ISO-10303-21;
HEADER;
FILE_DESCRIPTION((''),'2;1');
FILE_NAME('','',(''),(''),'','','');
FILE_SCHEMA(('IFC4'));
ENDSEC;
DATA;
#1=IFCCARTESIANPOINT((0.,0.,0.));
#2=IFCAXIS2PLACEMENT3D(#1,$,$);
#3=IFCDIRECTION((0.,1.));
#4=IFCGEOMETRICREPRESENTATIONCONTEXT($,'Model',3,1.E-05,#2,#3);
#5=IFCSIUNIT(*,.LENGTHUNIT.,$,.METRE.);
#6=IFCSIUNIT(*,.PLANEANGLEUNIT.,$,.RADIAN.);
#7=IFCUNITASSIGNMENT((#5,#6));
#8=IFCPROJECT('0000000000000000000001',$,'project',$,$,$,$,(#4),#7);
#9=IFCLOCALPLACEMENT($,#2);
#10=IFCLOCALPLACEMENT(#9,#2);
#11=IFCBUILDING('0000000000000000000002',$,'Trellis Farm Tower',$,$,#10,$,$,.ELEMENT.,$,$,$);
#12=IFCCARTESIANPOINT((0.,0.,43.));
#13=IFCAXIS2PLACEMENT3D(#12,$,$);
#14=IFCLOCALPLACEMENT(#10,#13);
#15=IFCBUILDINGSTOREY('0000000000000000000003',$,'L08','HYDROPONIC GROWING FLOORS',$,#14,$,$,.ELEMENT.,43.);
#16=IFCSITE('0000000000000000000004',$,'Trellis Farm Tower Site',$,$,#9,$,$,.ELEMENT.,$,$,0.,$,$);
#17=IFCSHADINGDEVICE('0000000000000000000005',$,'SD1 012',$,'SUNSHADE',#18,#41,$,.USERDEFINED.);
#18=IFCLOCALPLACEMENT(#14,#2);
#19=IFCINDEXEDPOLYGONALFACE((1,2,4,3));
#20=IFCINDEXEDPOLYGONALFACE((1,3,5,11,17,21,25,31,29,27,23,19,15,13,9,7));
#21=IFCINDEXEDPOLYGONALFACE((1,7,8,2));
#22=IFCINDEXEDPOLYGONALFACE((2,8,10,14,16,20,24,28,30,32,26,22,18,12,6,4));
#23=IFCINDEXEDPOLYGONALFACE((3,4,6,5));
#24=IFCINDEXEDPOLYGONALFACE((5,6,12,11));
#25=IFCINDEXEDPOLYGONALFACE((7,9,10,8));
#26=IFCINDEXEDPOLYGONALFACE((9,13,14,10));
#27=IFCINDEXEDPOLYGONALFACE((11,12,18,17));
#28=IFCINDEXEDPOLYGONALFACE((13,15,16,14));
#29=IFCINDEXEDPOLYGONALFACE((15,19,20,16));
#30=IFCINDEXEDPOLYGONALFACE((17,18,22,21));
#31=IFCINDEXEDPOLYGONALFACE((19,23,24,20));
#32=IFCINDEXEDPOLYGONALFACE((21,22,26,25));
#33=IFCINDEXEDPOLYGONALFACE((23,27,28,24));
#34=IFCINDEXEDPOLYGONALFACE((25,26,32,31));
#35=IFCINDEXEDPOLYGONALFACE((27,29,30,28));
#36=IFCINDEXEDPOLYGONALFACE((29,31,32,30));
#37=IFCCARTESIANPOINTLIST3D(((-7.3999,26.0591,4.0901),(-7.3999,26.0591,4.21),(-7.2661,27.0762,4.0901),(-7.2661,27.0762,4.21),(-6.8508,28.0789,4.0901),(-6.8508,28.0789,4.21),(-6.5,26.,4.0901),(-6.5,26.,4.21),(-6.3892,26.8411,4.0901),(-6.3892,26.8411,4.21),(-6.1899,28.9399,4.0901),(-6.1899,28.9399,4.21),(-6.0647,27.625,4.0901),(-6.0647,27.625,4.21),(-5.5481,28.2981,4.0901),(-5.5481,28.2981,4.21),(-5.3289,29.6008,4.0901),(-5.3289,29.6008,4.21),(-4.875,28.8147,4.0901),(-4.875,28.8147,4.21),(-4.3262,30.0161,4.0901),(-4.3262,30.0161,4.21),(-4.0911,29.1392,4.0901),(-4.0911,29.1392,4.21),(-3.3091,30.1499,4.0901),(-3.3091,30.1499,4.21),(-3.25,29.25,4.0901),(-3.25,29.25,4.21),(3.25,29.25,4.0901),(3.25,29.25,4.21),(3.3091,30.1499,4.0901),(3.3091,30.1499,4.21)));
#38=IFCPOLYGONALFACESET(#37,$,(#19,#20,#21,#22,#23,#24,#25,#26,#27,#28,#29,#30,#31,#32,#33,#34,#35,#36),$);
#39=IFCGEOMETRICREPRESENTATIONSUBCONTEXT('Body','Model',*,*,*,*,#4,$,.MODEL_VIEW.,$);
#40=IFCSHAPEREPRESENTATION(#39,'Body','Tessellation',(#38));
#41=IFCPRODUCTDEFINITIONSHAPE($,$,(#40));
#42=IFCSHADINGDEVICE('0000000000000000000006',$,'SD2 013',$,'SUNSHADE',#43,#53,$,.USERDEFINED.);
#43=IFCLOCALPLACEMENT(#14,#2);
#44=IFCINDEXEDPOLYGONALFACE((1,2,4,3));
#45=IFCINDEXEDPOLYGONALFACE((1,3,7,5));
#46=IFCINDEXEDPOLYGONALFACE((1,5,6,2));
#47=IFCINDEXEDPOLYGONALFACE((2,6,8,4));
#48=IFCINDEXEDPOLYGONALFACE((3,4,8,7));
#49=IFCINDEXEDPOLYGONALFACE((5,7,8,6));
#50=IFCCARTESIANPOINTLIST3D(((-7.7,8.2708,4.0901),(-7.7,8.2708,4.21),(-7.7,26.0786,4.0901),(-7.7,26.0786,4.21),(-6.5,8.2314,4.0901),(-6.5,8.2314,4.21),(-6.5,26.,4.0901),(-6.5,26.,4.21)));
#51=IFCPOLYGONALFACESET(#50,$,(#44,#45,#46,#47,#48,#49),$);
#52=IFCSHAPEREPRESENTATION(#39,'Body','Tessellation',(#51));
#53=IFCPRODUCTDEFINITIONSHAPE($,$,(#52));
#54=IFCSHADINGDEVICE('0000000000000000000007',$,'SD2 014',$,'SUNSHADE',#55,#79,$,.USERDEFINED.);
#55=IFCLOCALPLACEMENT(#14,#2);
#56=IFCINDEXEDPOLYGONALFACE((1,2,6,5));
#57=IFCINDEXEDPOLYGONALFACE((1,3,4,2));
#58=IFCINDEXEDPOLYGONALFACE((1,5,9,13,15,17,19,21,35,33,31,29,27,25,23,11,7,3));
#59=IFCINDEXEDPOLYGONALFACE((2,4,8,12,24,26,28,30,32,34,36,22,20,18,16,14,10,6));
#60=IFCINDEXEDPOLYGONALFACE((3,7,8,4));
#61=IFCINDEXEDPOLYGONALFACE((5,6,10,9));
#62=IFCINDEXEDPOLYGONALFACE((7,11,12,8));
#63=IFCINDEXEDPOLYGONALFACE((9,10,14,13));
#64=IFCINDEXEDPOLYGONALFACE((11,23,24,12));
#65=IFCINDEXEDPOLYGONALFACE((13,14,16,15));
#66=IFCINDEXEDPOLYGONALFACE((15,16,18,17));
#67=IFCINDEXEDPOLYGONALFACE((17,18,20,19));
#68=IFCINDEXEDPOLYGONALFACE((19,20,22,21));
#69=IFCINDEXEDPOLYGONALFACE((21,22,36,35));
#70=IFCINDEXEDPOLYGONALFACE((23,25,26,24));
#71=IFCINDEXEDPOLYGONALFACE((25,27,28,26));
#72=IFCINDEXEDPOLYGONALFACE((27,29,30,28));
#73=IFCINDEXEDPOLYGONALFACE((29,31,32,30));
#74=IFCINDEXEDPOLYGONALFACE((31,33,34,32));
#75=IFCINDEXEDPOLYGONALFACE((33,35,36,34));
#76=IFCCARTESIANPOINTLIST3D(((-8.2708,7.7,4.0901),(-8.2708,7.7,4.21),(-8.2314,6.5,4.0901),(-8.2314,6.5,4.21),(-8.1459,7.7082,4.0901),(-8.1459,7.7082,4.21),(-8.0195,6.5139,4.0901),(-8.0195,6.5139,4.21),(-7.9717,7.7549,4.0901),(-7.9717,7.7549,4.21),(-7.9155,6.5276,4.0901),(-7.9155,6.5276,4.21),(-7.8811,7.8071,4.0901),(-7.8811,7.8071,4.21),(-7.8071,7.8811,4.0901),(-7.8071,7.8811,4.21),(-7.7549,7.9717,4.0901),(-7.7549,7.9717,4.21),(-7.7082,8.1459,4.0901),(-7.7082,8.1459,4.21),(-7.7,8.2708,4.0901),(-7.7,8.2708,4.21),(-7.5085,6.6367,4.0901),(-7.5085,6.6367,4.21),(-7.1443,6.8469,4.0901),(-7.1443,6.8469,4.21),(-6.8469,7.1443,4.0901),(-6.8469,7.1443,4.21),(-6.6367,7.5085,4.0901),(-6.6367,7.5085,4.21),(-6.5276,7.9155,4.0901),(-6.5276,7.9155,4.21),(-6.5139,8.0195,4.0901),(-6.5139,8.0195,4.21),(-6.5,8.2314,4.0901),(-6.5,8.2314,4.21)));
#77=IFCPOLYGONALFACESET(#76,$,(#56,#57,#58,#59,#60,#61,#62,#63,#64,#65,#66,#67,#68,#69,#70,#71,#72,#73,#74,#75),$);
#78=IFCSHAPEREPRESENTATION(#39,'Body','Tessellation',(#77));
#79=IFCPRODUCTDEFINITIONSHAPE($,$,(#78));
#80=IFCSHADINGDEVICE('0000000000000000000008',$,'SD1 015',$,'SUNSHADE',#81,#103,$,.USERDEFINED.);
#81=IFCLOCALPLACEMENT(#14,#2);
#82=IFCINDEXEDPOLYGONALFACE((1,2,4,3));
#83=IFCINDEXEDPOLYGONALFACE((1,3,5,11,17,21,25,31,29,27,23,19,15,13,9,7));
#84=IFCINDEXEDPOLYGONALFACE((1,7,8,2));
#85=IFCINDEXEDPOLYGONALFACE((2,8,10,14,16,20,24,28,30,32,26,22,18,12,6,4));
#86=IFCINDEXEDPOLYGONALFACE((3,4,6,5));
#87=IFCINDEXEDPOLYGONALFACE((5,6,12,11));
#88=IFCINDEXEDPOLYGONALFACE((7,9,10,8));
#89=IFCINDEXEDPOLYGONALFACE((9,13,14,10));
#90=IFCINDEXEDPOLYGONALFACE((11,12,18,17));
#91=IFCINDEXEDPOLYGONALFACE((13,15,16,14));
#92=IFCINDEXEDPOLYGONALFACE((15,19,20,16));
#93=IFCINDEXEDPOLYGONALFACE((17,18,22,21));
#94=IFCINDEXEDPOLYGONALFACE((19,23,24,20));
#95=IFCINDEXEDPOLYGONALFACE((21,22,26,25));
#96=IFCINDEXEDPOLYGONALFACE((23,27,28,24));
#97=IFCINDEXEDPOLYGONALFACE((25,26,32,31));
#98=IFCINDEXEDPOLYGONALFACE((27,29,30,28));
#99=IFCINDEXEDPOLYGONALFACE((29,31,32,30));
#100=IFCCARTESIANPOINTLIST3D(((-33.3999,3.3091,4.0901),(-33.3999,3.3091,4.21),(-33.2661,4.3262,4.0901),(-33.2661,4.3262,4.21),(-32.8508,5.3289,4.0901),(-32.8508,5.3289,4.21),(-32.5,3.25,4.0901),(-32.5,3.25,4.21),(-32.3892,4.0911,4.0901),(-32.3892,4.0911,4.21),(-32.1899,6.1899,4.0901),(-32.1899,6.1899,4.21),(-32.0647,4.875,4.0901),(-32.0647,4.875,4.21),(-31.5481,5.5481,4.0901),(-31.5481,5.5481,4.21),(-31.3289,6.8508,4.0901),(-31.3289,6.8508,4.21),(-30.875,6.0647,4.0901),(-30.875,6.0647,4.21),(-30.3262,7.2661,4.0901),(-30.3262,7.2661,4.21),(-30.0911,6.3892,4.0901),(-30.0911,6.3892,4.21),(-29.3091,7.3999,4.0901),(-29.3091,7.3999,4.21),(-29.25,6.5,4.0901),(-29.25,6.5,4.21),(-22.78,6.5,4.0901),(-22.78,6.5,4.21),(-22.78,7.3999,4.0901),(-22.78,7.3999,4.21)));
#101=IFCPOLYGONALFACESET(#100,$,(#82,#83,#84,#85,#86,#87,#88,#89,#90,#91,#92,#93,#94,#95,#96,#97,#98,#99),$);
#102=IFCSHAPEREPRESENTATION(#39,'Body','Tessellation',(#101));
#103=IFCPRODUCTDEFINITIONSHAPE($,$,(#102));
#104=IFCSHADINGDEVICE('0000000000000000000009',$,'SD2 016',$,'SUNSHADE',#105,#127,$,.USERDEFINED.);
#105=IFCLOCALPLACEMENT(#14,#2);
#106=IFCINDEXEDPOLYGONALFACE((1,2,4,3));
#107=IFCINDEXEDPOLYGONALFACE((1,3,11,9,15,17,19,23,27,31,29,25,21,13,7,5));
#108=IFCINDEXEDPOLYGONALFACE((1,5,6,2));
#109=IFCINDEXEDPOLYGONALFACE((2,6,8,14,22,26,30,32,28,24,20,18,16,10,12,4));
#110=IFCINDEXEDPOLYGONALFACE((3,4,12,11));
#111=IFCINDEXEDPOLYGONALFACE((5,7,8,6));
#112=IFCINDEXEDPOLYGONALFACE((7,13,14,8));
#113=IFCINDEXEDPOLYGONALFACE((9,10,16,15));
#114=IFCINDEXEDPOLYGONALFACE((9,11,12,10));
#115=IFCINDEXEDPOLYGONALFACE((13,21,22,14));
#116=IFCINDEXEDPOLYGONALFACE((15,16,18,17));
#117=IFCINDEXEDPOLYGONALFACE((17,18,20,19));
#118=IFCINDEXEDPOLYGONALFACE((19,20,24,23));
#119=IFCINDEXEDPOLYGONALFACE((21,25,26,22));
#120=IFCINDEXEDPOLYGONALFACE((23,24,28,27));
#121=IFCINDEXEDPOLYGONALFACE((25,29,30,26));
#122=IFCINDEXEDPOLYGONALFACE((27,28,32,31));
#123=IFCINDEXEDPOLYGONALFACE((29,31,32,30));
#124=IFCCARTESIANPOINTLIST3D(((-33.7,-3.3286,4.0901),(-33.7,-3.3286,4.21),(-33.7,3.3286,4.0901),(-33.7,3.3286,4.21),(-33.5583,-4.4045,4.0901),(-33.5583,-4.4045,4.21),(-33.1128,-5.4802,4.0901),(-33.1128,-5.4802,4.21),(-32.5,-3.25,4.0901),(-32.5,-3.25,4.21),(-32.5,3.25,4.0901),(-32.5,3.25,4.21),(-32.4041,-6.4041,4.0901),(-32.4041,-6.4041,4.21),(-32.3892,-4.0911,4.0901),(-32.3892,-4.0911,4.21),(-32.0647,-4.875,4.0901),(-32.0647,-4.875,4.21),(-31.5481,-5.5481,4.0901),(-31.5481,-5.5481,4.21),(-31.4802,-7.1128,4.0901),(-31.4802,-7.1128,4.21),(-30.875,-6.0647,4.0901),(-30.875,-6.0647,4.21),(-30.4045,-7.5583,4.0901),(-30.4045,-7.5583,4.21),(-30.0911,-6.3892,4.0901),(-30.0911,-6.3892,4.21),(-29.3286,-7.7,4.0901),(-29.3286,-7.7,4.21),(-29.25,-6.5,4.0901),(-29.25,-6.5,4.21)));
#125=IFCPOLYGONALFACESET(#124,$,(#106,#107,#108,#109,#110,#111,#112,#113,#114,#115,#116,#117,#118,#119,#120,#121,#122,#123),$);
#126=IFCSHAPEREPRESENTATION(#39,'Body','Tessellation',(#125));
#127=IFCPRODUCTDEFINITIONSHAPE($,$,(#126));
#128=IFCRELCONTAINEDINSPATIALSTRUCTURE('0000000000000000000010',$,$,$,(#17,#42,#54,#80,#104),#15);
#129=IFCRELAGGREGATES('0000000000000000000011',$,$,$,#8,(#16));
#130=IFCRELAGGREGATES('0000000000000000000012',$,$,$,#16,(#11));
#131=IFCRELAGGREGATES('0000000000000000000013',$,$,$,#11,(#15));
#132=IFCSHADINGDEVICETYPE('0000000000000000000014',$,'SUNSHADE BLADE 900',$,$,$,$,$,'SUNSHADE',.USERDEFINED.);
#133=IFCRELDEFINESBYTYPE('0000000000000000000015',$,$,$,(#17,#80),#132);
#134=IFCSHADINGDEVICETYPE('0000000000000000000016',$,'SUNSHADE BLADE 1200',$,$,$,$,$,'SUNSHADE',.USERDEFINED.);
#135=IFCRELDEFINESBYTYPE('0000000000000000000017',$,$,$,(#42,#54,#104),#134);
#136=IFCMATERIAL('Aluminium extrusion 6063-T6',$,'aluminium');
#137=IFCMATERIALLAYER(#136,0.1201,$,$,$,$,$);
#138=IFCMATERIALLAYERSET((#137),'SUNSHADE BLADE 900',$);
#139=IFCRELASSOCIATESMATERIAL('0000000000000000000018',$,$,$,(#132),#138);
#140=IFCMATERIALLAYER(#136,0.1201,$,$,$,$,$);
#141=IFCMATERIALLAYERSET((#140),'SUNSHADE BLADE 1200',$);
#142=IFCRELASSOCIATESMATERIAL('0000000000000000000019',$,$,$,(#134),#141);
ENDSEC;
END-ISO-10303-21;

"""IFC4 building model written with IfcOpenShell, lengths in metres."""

from ifc_helpers import new_model, si_unit, direction, frame, origin, place, context, subcontext, project, spatial, polyline, outline, extrude, source, transform, mapped, material, layer, layer_set, type_object, element, save


model = new_model("IFC4")

# Units and contexts
model_context = context("Model", 3, precision=1e-05, world=origin(), true_north=direction((0.0, 1.0)))
body_context = subcontext(model_context, "Body", "Model", "MODEL_VIEW")
ifc_project = project(units=[si_unit("LENGTHUNIT", "METRE"), si_unit("PLANEANGLEUNIT", "RADIAN")], contexts=[model_context])

# Site, building, storey
site_placement = place(None, origin())
site = spatial("IfcSite", under=ifc_project, at=site_placement, Name="Trellis Farm Tower Site", CompositionType="ELEMENT", RefElevation=0.0)
building_placement = place(site_placement, origin())
building = spatial("IfcBuilding", under=site, at=building_placement, Name="Trellis Farm Tower", CompositionType="ELEMENT")
storey_placement = place(building_placement, frame((0.0, 0.0, 43.0)))
storey = spatial("IfcBuildingStorey", under=building, at=storey_placement, Name="L08", Description="HYDROPONIC GROWING FLOORS", CompositionType="ELEMENT", Elevation=43.0)

# Shared definitions
ifc_material_1 = material(Name="Aluminium extrusion 6063-T6", Category="aluminium")

# Shading devices
ifc_layer_1 = layer(ifc_material_1, 0.1201)
ifc_layer_set_1 = layer_set([ifc_layer_1], Name="SUNSHADE BLADE 900")
shading_device_type_1 = type_object("IfcShadingDeviceType", Name="SUNSHADE BLADE 900", ElementType="SUNSHADE", PredefinedType="USERDEFINED", material=ifc_layer_set_1)
shared_shape_1 = source(origin(), body_context, "Body", "SweptSolid", [
    extrude(outline(polyline([(3.3091, 30.1499), (-3.3091, 30.1499), (-4.3262, 30.0161), (-5.3289, 29.6008), (-6.1899, 28.9399), (-6.8508, 28.0789), (-7.2661, 27.0762), (-7.3999, 26.0591), (-6.5, 26.0), (-6.3892, 26.8411), (-6.0647, 27.625), (-5.5481, 28.2981), (-4.875, 28.8147), (-4.0911, 29.1392), (-3.25, 29.25), (3.25, 29.25), (3.3091, 30.1499)])), origin(), (0.0, 0.0, 1.0), 0.1199),
])
placement_1 = place(storey_placement, frame((0.0, 0.0, 4.0901)))
element("IfcShadingDevice", 1, at=placement_1, inside=storey, type_object=shading_device_type_1, Name="SD1 012", ObjectType="SUNSHADE", PredefinedType="USERDEFINED", context=body_context, shape_type="MappedRepresentation", body=[
    mapped(shared_shape_1, transform((0.0, 0.0, 0.0))),
])
ifc_layer_2 = layer(ifc_material_1, 0.1201)
ifc_layer_set_2 = layer_set([ifc_layer_2], Name="SUNSHADE BLADE 1200")
shading_device_type_2 = type_object("IfcShadingDeviceType", Name="SUNSHADE BLADE 1200", ElementType="SUNSHADE", PredefinedType="USERDEFINED", material=ifc_layer_set_2)
shared_shape_2 = source(origin(), body_context, "Body", "SweptSolid", [
    extrude(outline(polyline([(-7.7, 26.0786), (-7.7, 8.2708), (-6.5, 8.2314), (-6.5, 26.0), (-7.7, 26.0786)])), origin(), (0.0, 0.0, 1.0), 0.1199),
])
element("IfcShadingDevice", 2, at=placement_1, inside=storey, type_object=shading_device_type_2, Name="SD2 013", ObjectType="SUNSHADE", PredefinedType="USERDEFINED", context=body_context, shape_type="MappedRepresentation", body=[
    mapped(shared_shape_2, transform((0.0, 0.0, 0.0))),
])
shared_shape_3 = source(origin(), body_context, "Body", "SweptSolid", [
    extrude(outline(polyline([(-7.7, 8.2708), (-7.7087, 8.1372), (-7.707, 8.1501), (-7.7549, 7.9717), (-7.8071, 7.8811), (-7.8811, 7.8071), (-7.9717, 7.7549), (-8.1501, 7.707), (-8.1372, 7.7087), (-8.2708, 7.7), (-8.2314, 6.5), (-8.0195, 6.5139), (-7.9155, 6.5276), (-7.5085, 6.6367), (-7.1443, 6.8469), (-6.8469, 7.1443), (-6.6367, 7.5085), (-6.5276, 7.9155), (-6.5139, 8.0195), (-6.5, 8.2314), (-7.7, 8.2708)])), origin(), (0.0, 0.0, 1.0), 0.1199),
])
element("IfcShadingDevice", 3, at=placement_1, inside=storey, type_object=shading_device_type_2, Name="SD2 014", ObjectType="SUNSHADE", PredefinedType="USERDEFINED", context=body_context, shape_type="MappedRepresentation", body=[
    mapped(shared_shape_3, transform((0.0, 0.0, 0.0))),
])
shared_shape_4 = source(origin(), body_context, "Body", "SweptSolid", [
    extrude(outline(polyline([(-22.78, 7.3999), (-29.3091, 7.3999), (-30.3262, 7.2661), (-31.3289, 6.8508), (-32.1899, 6.1899), (-32.8508, 5.3289), (-33.2661, 4.3262), (-33.3999, 3.3091), (-32.5, 3.25), (-32.3892, 4.0911), (-32.0647, 4.875), (-31.5481, 5.5481), (-30.875, 6.0647), (-30.0911, 6.3892), (-29.25, 6.5), (-22.78, 6.5), (-22.78, 7.3999)])), origin(), (0.0, 0.0, 1.0), 0.1199),
])
element("IfcShadingDevice", 4, at=placement_1, inside=storey, type_object=shading_device_type_1, Name="SD1 015", ObjectType="SUNSHADE", PredefinedType="USERDEFINED", context=body_context, shape_type="MappedRepresentation", body=[
    mapped(shared_shape_4, transform((0.0, 0.0, 0.0))),
])
shared_shape_5 = source(origin(), body_context, "Body", "SweptSolid", [
    extrude(outline(polyline([(-33.7, 3.3286), (-33.7, -3.3286), (-33.5583, -4.4045), (-33.1128, -5.4802), (-32.4041, -6.4041), (-31.4802, -7.1128), (-30.4045, -7.5583), (-29.3286, -7.7), (-29.25, -6.5), (-30.0911, -6.3892), (-30.875, -6.0647), (-31.5481, -5.5481), (-32.0647, -4.875), (-32.3892, -4.0911), (-32.5, -3.25), (-32.5, 3.25), (-33.7, 3.3286)])), origin(), (0.0, 0.0, 1.0), 0.1199),
])
element("IfcShadingDevice", 5, at=placement_1, inside=storey, type_object=shading_device_type_2, Name="SD2 016", ObjectType="SUNSHADE", PredefinedType="USERDEFINED", context=body_context, shape_type="MappedRepresentation", body=[
    mapped(shared_shape_5, transform((0.0, 0.0, 0.0))),
])

save(model, "model.ifc")
